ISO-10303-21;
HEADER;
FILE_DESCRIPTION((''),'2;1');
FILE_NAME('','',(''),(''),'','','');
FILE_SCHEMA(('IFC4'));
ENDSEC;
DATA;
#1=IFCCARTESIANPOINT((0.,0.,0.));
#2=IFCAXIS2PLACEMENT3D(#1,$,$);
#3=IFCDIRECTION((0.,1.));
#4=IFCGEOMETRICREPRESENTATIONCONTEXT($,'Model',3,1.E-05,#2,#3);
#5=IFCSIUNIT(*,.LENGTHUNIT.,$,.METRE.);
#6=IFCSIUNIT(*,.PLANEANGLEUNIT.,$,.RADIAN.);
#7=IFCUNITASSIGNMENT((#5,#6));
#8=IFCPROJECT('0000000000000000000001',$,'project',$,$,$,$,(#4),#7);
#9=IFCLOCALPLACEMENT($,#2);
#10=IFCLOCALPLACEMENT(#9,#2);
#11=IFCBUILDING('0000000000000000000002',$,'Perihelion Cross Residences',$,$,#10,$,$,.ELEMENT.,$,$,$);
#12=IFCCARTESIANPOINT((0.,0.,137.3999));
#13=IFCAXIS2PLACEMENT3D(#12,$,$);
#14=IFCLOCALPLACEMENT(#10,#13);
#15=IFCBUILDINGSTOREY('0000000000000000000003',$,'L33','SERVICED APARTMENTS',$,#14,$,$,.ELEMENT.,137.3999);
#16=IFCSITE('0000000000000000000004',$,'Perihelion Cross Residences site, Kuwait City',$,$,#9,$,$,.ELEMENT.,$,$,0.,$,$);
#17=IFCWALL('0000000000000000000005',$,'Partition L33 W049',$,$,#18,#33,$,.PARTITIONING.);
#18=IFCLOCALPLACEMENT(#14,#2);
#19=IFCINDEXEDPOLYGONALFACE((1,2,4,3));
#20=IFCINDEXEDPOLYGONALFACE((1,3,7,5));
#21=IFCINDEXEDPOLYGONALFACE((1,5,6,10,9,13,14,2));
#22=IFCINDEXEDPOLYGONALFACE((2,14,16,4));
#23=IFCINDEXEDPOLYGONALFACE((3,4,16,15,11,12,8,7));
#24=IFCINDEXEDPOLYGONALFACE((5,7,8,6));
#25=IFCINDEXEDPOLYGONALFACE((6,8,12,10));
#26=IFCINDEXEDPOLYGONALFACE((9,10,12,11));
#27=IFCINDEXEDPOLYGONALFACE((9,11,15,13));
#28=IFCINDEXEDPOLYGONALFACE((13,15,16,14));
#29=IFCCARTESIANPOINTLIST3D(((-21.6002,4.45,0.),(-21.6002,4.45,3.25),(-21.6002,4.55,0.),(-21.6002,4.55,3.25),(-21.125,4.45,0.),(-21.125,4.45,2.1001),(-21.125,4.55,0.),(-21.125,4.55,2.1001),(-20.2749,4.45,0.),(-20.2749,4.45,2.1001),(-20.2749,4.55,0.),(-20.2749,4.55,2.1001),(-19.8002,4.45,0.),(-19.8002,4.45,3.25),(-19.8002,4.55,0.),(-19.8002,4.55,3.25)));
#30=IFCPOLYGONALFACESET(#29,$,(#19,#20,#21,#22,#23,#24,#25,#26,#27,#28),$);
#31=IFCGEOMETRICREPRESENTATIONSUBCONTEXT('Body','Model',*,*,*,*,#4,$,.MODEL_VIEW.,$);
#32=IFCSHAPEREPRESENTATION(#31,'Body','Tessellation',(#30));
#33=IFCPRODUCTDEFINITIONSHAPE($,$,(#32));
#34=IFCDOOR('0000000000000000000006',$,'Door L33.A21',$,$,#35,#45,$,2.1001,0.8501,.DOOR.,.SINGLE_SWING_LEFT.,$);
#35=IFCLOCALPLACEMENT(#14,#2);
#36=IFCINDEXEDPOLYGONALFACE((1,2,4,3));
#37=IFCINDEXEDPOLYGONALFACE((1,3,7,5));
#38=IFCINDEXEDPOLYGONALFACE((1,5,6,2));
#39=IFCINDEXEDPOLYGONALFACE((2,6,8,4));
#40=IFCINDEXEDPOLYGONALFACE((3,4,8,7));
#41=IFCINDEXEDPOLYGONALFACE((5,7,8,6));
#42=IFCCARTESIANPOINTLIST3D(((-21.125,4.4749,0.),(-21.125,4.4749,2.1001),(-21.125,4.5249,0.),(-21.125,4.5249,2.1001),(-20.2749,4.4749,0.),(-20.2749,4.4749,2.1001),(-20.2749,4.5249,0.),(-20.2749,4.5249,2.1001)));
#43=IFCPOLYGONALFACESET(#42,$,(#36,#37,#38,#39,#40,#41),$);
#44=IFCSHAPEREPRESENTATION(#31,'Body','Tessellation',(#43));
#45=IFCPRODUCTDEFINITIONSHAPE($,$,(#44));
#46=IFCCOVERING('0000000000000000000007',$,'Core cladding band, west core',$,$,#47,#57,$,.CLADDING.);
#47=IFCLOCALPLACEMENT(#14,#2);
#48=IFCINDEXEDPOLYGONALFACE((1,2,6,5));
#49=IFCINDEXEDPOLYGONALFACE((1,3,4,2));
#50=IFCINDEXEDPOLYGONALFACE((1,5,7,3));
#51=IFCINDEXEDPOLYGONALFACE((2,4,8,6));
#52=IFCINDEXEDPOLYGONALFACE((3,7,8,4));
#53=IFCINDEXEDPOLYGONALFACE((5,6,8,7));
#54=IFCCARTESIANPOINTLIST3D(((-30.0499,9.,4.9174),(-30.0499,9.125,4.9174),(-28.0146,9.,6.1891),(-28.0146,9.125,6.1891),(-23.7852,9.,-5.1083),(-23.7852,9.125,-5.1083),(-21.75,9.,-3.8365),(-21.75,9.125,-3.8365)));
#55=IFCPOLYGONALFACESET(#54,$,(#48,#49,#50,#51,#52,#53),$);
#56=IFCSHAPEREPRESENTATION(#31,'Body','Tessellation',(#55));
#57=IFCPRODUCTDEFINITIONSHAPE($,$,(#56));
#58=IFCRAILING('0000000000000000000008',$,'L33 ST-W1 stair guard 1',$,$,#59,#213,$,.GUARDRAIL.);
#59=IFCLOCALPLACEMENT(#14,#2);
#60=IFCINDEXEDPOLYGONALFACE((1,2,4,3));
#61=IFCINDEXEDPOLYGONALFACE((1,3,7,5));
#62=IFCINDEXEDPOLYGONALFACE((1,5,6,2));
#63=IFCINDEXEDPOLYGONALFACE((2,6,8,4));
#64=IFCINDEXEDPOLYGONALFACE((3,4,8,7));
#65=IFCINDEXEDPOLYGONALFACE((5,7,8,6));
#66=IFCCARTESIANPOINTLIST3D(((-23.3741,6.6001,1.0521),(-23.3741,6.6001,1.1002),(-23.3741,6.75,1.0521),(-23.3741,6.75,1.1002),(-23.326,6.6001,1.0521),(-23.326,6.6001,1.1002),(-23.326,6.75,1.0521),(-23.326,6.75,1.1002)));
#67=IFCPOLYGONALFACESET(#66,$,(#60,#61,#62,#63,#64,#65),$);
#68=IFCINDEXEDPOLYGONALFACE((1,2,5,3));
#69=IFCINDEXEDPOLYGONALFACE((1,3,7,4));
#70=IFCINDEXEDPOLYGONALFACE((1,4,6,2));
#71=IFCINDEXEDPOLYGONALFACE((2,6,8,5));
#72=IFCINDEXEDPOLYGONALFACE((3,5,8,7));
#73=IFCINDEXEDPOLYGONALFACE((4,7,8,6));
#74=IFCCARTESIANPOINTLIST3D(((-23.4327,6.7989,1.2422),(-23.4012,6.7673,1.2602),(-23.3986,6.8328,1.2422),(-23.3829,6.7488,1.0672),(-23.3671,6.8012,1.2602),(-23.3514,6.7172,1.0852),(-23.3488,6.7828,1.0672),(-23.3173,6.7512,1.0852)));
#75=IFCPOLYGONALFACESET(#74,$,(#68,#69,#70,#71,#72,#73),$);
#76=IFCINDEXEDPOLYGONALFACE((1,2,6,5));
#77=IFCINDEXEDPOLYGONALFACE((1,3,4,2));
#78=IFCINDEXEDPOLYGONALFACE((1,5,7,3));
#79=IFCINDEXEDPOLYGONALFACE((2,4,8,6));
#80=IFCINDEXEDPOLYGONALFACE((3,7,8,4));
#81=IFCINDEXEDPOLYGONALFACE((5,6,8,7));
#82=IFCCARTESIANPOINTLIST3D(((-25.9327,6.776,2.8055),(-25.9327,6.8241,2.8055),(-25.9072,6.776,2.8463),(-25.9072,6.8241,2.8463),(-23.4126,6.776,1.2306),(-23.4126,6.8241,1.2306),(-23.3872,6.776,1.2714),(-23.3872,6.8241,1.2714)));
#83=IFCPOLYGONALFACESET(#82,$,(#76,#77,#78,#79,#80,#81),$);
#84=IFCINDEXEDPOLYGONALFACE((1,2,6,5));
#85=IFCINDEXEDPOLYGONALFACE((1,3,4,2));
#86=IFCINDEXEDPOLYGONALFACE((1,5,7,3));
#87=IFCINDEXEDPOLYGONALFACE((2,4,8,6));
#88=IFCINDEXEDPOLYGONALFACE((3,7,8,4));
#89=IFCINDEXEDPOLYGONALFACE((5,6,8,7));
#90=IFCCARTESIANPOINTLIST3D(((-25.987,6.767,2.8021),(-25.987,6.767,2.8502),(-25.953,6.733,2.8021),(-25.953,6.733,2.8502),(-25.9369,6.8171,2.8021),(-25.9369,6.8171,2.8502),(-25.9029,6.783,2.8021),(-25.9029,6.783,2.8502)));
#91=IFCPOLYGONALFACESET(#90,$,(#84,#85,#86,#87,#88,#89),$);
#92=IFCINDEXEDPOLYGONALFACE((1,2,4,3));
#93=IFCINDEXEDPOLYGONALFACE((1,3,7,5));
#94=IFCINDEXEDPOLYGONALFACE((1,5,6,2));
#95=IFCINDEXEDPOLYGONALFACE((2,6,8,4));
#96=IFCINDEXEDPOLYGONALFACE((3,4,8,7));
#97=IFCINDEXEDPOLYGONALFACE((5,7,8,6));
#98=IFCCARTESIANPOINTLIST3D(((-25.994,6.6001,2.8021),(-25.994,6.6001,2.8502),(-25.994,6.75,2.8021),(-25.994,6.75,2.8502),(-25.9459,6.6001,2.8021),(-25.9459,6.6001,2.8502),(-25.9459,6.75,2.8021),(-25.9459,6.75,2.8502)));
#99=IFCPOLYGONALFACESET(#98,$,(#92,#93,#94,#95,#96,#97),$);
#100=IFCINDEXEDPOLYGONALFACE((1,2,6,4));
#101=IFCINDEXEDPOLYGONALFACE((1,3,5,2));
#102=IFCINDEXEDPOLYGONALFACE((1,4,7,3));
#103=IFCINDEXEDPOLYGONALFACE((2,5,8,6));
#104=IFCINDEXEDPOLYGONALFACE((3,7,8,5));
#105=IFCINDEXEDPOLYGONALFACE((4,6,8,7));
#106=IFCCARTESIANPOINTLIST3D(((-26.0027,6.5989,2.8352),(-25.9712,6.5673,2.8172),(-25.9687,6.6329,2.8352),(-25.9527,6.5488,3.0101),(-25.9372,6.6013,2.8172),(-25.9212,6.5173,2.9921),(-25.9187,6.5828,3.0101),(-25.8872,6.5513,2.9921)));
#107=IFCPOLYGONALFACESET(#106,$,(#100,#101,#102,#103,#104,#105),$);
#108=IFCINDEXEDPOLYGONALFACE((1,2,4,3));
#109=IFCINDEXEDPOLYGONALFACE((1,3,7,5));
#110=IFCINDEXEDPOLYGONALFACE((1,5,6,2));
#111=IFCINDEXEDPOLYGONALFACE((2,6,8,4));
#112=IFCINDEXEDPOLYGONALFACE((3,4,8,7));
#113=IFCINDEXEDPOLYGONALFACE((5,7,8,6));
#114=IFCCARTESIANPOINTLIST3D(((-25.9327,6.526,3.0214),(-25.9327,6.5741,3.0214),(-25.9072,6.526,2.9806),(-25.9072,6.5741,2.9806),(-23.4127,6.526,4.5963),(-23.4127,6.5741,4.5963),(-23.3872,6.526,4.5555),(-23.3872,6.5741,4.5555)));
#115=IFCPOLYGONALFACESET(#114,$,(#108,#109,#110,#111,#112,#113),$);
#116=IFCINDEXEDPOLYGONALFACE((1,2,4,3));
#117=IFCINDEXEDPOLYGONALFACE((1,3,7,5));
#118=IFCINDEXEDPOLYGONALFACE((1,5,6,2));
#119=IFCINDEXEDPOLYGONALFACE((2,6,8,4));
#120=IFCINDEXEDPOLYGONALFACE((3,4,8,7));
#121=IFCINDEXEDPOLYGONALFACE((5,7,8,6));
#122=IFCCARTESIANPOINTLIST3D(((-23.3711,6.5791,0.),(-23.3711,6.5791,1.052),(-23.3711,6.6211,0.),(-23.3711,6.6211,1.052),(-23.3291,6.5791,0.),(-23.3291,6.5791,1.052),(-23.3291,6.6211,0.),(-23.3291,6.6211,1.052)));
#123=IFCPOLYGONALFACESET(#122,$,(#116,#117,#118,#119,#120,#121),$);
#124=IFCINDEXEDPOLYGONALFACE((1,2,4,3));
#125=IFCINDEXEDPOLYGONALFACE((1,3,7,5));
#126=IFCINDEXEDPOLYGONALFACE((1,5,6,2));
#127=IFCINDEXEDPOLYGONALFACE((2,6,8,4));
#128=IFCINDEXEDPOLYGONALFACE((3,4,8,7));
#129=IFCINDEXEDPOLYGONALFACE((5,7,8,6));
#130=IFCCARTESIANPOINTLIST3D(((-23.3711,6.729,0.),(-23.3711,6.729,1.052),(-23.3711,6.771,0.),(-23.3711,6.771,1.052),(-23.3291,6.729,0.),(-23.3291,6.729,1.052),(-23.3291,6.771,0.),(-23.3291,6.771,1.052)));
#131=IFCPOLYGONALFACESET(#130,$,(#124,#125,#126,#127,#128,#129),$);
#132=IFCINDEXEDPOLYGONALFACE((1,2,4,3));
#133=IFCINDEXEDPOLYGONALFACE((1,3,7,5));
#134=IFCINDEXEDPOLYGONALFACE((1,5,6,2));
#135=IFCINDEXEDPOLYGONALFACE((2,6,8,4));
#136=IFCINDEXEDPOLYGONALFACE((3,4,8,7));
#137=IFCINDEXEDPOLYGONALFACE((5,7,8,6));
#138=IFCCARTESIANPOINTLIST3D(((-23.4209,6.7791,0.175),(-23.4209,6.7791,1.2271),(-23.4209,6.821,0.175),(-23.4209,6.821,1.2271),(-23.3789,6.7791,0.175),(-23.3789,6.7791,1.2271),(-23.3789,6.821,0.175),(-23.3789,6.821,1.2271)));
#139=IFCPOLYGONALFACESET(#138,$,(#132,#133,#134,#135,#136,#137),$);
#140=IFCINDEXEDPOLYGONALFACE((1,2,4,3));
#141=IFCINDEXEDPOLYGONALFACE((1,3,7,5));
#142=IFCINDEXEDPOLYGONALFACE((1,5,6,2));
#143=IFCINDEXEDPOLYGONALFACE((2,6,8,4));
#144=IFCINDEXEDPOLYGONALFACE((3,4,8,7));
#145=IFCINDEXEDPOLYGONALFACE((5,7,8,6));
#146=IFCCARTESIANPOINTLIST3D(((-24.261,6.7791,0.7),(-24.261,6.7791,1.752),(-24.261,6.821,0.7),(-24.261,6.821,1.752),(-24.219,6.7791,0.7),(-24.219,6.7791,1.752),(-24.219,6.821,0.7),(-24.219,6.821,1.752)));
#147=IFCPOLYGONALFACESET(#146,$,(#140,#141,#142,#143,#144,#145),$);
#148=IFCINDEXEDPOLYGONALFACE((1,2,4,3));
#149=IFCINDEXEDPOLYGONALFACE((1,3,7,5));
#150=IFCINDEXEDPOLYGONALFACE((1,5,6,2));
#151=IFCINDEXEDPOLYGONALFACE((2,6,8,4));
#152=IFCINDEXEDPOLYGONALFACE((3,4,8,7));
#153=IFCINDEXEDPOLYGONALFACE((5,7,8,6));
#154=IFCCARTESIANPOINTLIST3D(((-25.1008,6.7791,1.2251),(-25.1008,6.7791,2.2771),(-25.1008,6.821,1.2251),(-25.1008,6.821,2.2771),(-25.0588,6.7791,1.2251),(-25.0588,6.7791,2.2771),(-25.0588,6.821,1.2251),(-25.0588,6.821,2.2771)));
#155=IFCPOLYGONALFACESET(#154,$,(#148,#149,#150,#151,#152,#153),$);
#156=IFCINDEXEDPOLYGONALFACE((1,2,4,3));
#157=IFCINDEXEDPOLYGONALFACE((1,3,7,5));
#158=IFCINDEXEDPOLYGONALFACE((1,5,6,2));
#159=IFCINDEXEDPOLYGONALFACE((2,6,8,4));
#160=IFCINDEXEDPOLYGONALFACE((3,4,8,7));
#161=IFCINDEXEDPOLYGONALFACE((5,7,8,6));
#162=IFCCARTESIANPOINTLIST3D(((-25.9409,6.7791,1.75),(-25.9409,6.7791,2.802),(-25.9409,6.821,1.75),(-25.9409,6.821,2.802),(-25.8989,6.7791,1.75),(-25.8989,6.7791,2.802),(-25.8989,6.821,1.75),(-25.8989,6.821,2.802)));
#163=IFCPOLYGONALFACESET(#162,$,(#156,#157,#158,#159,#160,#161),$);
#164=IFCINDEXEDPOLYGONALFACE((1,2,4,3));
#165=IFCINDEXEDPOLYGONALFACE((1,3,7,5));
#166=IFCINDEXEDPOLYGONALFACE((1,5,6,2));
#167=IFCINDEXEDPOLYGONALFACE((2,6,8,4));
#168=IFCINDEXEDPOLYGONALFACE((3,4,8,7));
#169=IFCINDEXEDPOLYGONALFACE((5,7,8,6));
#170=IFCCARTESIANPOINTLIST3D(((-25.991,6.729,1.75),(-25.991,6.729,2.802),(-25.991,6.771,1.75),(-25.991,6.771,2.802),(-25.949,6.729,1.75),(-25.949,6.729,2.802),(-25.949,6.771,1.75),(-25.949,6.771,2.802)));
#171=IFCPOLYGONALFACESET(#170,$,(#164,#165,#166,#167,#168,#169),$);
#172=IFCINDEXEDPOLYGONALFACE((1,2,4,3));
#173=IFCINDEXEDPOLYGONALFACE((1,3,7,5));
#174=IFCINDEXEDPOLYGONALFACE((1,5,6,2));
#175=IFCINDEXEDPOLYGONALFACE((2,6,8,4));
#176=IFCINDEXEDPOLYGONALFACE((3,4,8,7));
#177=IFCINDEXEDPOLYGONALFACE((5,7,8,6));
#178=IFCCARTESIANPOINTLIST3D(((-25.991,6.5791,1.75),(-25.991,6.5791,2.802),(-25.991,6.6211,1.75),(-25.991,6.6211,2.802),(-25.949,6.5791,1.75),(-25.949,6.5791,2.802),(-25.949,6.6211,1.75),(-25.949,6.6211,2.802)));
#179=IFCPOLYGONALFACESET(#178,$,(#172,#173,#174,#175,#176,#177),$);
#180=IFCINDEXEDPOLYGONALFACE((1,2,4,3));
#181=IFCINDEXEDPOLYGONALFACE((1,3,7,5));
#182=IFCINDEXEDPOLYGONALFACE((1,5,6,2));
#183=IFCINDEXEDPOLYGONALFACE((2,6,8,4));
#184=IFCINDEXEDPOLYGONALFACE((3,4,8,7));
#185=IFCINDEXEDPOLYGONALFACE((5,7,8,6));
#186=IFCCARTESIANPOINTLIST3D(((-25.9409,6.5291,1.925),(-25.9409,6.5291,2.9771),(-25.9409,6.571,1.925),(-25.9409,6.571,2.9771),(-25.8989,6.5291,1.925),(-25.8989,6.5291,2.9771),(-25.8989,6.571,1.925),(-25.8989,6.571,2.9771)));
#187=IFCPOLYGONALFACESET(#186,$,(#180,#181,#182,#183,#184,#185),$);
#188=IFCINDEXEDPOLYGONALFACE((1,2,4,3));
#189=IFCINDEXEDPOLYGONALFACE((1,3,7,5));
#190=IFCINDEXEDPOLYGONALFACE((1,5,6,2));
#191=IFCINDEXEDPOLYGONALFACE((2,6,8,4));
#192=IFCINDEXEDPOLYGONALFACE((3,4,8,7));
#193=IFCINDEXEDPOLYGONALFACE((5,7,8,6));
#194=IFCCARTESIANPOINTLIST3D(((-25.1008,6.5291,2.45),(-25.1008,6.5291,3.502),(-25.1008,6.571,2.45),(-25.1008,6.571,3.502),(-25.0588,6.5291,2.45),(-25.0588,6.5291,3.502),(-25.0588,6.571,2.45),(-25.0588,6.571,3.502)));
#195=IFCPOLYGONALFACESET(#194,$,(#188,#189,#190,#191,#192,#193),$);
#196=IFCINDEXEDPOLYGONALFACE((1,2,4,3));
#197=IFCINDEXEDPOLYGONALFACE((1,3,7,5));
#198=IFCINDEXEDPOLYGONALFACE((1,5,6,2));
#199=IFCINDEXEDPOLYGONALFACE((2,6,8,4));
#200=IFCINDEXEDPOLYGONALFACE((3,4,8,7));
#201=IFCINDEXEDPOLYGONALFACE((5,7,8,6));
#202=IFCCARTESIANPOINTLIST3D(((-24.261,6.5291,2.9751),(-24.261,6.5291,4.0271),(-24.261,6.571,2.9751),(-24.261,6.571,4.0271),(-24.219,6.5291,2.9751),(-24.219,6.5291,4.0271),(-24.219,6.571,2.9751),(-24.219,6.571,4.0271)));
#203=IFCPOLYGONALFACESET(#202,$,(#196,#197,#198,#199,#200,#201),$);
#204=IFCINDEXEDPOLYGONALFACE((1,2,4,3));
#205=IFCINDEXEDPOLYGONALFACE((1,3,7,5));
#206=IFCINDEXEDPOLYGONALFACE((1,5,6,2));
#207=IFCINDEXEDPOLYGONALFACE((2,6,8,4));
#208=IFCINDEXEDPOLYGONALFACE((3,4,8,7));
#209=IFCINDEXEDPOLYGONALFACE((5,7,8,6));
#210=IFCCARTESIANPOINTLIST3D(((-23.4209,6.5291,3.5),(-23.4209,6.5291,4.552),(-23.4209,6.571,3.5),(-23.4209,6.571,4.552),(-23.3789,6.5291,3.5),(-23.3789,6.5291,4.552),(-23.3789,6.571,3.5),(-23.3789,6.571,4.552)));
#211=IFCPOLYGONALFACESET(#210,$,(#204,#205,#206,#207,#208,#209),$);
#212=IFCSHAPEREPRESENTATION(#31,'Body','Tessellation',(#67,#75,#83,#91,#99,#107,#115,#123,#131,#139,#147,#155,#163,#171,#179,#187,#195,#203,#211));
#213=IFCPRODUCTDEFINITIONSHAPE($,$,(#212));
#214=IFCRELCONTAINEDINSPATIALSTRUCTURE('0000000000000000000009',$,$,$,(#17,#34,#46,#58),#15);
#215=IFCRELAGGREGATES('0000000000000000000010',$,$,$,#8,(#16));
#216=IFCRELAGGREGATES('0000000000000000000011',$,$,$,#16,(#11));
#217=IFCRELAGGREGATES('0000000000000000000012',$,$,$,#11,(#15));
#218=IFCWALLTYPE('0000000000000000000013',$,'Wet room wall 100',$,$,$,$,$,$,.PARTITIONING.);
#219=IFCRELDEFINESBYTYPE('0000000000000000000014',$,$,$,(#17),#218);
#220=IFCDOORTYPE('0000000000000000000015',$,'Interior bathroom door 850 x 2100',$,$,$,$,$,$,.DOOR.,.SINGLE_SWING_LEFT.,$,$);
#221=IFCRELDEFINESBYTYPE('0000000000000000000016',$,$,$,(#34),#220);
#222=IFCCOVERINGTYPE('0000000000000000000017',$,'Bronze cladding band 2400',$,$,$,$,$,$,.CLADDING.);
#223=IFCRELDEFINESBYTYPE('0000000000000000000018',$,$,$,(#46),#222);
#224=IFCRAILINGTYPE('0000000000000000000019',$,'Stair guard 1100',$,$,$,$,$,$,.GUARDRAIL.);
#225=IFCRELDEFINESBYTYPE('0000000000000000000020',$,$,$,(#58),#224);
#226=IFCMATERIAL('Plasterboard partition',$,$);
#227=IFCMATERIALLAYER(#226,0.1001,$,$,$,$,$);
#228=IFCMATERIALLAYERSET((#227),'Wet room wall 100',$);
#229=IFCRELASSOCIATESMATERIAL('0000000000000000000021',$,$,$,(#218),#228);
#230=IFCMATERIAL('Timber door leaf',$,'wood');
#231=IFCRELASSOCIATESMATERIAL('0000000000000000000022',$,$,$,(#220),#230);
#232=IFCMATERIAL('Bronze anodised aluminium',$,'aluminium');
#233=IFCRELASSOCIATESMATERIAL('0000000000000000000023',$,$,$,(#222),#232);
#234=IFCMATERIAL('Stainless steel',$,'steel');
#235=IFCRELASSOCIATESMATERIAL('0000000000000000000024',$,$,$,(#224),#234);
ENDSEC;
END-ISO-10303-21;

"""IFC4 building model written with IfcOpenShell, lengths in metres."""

from ifc_helpers import new_model, si_unit, direction, frame, frame_2d, origin, origin_2d, place, context, subcontext, project, spatial, rectangle, extrude, material, layer, layer_set, material_profile, profile_set, type_object, element, fill, save


model = new_model("IFC4")

# Units and contexts
model_context = context("Model", 3, precision=1e-05, world=origin(), true_north=direction((0.0, 1.0)))
body_context = subcontext(model_context, "Body", "Model", "MODEL_VIEW")
ifc_project = project(units=[si_unit("LENGTHUNIT", "METRE"), si_unit("PLANEANGLEUNIT", "RADIAN")], contexts=[model_context])

# Site, building, storey
site_placement = place(None, origin())
site = spatial("IfcSite", under=ifc_project, at=site_placement, Name="Perihelion Cross Residences site, Kuwait City", CompositionType="ELEMENT", RefElevation=0.0)
building_placement = place(site_placement, origin())
building = spatial("IfcBuilding", under=site, at=building_placement, Name="Perihelion Cross Residences", CompositionType="ELEMENT")
storey_placement = place(building_placement, frame((0.0, 0.0, 137.3999)))
storey = spatial("IfcBuildingStorey", under=building, at=storey_placement, Name="L33", Description="SERVICED APARTMENTS", CompositionType="ELEMENT", Elevation=137.3999)

# Shared definitions
ifc_material_1 = material(Name="Plasterboard partition")
ifc_layer_1 = layer(ifc_material_1, 0.1001)
ifc_layer_set_1 = layer_set([ifc_layer_1], Name="Wet room wall 100")
wall_type_1 = type_object("IfcWallType", Name="Wet room wall 100", PredefinedType="PARTITIONING", material=ifc_layer_set_1)

# Wall, opening, door
wall_1_placement = place(storey_placement, frame((-21.6001, 4.5, 0.0), z_axis=(0.0, 0.0, 1.0), x_axis=(1.0, 0.0, 0.0)))
wall_1 = element("IfcWall", 1, at=wall_1_placement, inside=storey, type_object=wall_type_1, Name="Partition L33 W049", PredefinedType="PARTITIONING", context=body_context, shape_type="SweptSolid", body=[
    extrude(rectangle(XDim=1.8, YDim=0.1001, at=frame_2d((0.8999, 0.0))), origin(), (0.0, 0.0, 1.0), 3.25),
])
opening_1_placement = place(wall_1_placement, frame((0.4751, 0.0, 0.0)))
opening_1 = element("IfcOpeningElement", 2, at=opening_1_placement, cuts=wall_1, PredefinedType="OPENING", context=body_context, shape_type="SweptSolid", body=[
    extrude(rectangle(XDim=0.8501, YDim=2.1001, at=frame_2d((0.425, 1.05))), frame((0.0, 0.0601, 0.0), z_axis=(0.0, -1.0, 0.0), x_axis=(1.0, 0.0, 0.0)), (0.0, 0.0, 1.0), 0.1201),
])
ifc_material_2 = material(Name="Timber door leaf", Category="wood")
door_type_1 = type_object("IfcDoorType", Name="Interior bathroom door 850 x 2100", OperationType="SINGLE_SWING_LEFT", PredefinedType="DOOR", material=ifc_material_2)
door_1_placement = place(opening_1_placement, origin())
door_1 = element("IfcDoor", 3, at=door_1_placement, inside=storey, type_object=door_type_1, Name="Door L33.A21", OperationType="SINGLE_SWING_LEFT", OverallHeight=2.1001, OverallWidth=0.8501, PredefinedType="DOOR", context=body_context, shape_type="SweptSolid", body=[
    extrude(rectangle(XDim=0.8501, YDim=2.1001, at=frame_2d((0.425, 1.05))), frame((0.0, 0.0249, 0.0), z_axis=(0.0, -1.0, 0.0), x_axis=(1.0, 0.0, 0.0)), (0.0, 0.0, 1.0), 0.05),
])
fill(opening_1, door_1)

# Covering
ifc_material_3 = material(Name="Bronze anodised aluminium", Category="aluminium")
ifc_material_profile_1 = material_profile(ifc_material_3, rectangle(XDim=0.125, YDim=2.3999, at=origin_2d()), Name="Bronze cladding band 2400")
ifc_profile_set_1 = profile_set([ifc_material_profile_1], Name="Bronze anodised aluminium")
covering_type = type_object("IfcCoveringType", Name="Bronze cladding band 2400", PredefinedType="CLADDING", material=ifc_profile_set_1)
covering_placement = place(storey_placement, frame((-22.7676, 9.0625, -4.4724), z_axis=(-0.529915, 0.0, 0.848051), x_axis=(0.0, -1.0, 0.0)))
element("IfcCovering", 4, at=covering_placement, inside=storey, type_object=covering_type, Name="Core cladding band, west core", PredefinedType="CLADDING", context=body_context, shape_type="SweptSolid", body=[
    extrude(rectangle(XDim=0.125, YDim=2.3999, at=origin_2d()), origin(), (0.0, 0.0, 1.0), 11.822),
])

# Railing
ifc_material_4 = material(Name="Stainless steel", Category="steel")
railing_type_1 = type_object("IfcRailingType", Name="Stair guard 1100", PredefinedType="GUARDRAIL", material=ifc_material_4)
railing_1_placement = place(storey_placement, frame((-23.3501, 6.6001, 0.0)))
element("IfcRailing", 5, at=railing_1_placement, inside=storey, type_object=railing_type_1, Name="L33 ST-W1 stair guard 1", PredefinedType="GUARDRAIL", context=body_context, shape_type="SweptSolid", body=[
    extrude(rectangle(XDim=0.0481, YDim=0.0481, at=origin_2d()), frame((0.0, 0.0, 1.0762), z_axis=(0.0, 1.0, 0.0), x_axis=(-1.0, 0.0, 0.0)), (0.0, 0.0, 1.0), 0.1499),
    extrude(rectangle(XDim=0.0481, YDim=0.0481, at=origin_2d()), frame((0.0, 0.1499, 1.0762), z_axis=(-0.263862, 0.265156, 0.927399), x_axis=(-0.708834, -0.705376, 0.0)), (0.0, 0.0, 1.0), 0.1887),
    extrude(rectangle(XDim=0.0481, YDim=0.0481, at=origin_2d()), frame((-0.0498, 0.2, 1.251), z_axis=(-0.848008, 0.0, 0.529984), x_axis=(0.0, -1.0, 0.0)), (0.0, 0.0, 1.0), 2.9717),
    extrude(rectangle(XDim=0.0481, YDim=0.0481, at=origin_2d()), frame((-2.5698, 0.2, 2.8262), z_axis=(-0.707107, -0.707107, 0.0), x_axis=(0.707107, -0.707107, 0.0)), (0.0, 0.0, 1.0), 0.0708),
    extrude(rectangle(XDim=0.0481, YDim=0.0481, at=origin_2d()), frame((-2.6199, 0.1499, 2.8262), z_axis=(0.0, -1.0, 0.0), x_axis=(1.0, 0.0, 0.0)), (0.0, 0.0, 1.0), 0.1499),
    extrude(rectangle(XDim=0.0481, YDim=0.0481, at=origin_2d()), frame((-2.6199, 0.0, 2.8262), z_axis=(0.265065, -0.265065, 0.927082), x_axis=(0.707107, 0.707107, 0.0)), (0.0, 0.0, 1.0), 0.1887),
    extrude(rectangle(XDim=0.0481, YDim=0.0481, at=origin_2d()), frame((-2.5698, -0.05, 3.001), z_axis=(0.848008, 0.0, 0.529984), x_axis=(0.0, 1.0, 0.0)), (0.0, 0.0, 1.0), 2.9717),
    extrude(rectangle(XDim=0.042, YDim=0.042, at=origin_2d()), origin(), (0.0, 0.0, 1.0), 1.052),
    extrude(rectangle(XDim=0.042, YDim=0.042, at=origin_2d()), frame((0.0, 0.1499, 0.0)), (0.0, 0.0, 1.0), 1.052),
    extrude(rectangle(XDim=0.042, YDim=0.042, at=origin_2d()), frame((-0.0498, 0.2, 0.175)), (0.0, 0.0, 1.0), 1.052),
    extrude(rectangle(XDim=0.042, YDim=0.042, at=origin_2d()), frame((-0.8899, 0.2, 0.7)), (0.0, 0.0, 1.0), 1.052),
    extrude(rectangle(XDim=0.042, YDim=0.042, at=origin_2d()), frame((-1.7297, 0.2, 1.2251)), (0.0, 0.0, 1.0), 1.052),
    extrude(rectangle(XDim=0.042, YDim=0.042, at=origin_2d()), frame((-2.5698, 0.2, 1.75)), (0.0, 0.0, 1.0), 1.052),
    extrude(rectangle(XDim=0.042, YDim=0.042, at=origin_2d()), frame((-2.6199, 0.1499, 1.75)), (0.0, 0.0, 1.0), 1.052),
    extrude(rectangle(XDim=0.042, YDim=0.042, at=origin_2d()), frame((-2.6199, 0.0, 1.75)), (0.0, 0.0, 1.0), 1.052),
    extrude(rectangle(XDim=0.042, YDim=0.042, at=origin_2d()), frame((-2.5698, -0.05, 1.925)), (0.0, 0.0, 1.0), 1.052),
    extrude(rectangle(XDim=0.042, YDim=0.042, at=origin_2d()), frame((-1.7297, -0.05, 2.45)), (0.0, 0.0, 1.0), 1.052),
    extrude(rectangle(XDim=0.042, YDim=0.042, at=origin_2d()), frame((-0.8899, -0.05, 2.9751)), (0.0, 0.0, 1.0), 1.052),
    extrude(rectangle(XDim=0.042, YDim=0.042, at=origin_2d()), frame((-0.0498, -0.05, 3.5)), (0.0, 0.0, 1.0), 1.052),
])

save(model, "model.ifc")
